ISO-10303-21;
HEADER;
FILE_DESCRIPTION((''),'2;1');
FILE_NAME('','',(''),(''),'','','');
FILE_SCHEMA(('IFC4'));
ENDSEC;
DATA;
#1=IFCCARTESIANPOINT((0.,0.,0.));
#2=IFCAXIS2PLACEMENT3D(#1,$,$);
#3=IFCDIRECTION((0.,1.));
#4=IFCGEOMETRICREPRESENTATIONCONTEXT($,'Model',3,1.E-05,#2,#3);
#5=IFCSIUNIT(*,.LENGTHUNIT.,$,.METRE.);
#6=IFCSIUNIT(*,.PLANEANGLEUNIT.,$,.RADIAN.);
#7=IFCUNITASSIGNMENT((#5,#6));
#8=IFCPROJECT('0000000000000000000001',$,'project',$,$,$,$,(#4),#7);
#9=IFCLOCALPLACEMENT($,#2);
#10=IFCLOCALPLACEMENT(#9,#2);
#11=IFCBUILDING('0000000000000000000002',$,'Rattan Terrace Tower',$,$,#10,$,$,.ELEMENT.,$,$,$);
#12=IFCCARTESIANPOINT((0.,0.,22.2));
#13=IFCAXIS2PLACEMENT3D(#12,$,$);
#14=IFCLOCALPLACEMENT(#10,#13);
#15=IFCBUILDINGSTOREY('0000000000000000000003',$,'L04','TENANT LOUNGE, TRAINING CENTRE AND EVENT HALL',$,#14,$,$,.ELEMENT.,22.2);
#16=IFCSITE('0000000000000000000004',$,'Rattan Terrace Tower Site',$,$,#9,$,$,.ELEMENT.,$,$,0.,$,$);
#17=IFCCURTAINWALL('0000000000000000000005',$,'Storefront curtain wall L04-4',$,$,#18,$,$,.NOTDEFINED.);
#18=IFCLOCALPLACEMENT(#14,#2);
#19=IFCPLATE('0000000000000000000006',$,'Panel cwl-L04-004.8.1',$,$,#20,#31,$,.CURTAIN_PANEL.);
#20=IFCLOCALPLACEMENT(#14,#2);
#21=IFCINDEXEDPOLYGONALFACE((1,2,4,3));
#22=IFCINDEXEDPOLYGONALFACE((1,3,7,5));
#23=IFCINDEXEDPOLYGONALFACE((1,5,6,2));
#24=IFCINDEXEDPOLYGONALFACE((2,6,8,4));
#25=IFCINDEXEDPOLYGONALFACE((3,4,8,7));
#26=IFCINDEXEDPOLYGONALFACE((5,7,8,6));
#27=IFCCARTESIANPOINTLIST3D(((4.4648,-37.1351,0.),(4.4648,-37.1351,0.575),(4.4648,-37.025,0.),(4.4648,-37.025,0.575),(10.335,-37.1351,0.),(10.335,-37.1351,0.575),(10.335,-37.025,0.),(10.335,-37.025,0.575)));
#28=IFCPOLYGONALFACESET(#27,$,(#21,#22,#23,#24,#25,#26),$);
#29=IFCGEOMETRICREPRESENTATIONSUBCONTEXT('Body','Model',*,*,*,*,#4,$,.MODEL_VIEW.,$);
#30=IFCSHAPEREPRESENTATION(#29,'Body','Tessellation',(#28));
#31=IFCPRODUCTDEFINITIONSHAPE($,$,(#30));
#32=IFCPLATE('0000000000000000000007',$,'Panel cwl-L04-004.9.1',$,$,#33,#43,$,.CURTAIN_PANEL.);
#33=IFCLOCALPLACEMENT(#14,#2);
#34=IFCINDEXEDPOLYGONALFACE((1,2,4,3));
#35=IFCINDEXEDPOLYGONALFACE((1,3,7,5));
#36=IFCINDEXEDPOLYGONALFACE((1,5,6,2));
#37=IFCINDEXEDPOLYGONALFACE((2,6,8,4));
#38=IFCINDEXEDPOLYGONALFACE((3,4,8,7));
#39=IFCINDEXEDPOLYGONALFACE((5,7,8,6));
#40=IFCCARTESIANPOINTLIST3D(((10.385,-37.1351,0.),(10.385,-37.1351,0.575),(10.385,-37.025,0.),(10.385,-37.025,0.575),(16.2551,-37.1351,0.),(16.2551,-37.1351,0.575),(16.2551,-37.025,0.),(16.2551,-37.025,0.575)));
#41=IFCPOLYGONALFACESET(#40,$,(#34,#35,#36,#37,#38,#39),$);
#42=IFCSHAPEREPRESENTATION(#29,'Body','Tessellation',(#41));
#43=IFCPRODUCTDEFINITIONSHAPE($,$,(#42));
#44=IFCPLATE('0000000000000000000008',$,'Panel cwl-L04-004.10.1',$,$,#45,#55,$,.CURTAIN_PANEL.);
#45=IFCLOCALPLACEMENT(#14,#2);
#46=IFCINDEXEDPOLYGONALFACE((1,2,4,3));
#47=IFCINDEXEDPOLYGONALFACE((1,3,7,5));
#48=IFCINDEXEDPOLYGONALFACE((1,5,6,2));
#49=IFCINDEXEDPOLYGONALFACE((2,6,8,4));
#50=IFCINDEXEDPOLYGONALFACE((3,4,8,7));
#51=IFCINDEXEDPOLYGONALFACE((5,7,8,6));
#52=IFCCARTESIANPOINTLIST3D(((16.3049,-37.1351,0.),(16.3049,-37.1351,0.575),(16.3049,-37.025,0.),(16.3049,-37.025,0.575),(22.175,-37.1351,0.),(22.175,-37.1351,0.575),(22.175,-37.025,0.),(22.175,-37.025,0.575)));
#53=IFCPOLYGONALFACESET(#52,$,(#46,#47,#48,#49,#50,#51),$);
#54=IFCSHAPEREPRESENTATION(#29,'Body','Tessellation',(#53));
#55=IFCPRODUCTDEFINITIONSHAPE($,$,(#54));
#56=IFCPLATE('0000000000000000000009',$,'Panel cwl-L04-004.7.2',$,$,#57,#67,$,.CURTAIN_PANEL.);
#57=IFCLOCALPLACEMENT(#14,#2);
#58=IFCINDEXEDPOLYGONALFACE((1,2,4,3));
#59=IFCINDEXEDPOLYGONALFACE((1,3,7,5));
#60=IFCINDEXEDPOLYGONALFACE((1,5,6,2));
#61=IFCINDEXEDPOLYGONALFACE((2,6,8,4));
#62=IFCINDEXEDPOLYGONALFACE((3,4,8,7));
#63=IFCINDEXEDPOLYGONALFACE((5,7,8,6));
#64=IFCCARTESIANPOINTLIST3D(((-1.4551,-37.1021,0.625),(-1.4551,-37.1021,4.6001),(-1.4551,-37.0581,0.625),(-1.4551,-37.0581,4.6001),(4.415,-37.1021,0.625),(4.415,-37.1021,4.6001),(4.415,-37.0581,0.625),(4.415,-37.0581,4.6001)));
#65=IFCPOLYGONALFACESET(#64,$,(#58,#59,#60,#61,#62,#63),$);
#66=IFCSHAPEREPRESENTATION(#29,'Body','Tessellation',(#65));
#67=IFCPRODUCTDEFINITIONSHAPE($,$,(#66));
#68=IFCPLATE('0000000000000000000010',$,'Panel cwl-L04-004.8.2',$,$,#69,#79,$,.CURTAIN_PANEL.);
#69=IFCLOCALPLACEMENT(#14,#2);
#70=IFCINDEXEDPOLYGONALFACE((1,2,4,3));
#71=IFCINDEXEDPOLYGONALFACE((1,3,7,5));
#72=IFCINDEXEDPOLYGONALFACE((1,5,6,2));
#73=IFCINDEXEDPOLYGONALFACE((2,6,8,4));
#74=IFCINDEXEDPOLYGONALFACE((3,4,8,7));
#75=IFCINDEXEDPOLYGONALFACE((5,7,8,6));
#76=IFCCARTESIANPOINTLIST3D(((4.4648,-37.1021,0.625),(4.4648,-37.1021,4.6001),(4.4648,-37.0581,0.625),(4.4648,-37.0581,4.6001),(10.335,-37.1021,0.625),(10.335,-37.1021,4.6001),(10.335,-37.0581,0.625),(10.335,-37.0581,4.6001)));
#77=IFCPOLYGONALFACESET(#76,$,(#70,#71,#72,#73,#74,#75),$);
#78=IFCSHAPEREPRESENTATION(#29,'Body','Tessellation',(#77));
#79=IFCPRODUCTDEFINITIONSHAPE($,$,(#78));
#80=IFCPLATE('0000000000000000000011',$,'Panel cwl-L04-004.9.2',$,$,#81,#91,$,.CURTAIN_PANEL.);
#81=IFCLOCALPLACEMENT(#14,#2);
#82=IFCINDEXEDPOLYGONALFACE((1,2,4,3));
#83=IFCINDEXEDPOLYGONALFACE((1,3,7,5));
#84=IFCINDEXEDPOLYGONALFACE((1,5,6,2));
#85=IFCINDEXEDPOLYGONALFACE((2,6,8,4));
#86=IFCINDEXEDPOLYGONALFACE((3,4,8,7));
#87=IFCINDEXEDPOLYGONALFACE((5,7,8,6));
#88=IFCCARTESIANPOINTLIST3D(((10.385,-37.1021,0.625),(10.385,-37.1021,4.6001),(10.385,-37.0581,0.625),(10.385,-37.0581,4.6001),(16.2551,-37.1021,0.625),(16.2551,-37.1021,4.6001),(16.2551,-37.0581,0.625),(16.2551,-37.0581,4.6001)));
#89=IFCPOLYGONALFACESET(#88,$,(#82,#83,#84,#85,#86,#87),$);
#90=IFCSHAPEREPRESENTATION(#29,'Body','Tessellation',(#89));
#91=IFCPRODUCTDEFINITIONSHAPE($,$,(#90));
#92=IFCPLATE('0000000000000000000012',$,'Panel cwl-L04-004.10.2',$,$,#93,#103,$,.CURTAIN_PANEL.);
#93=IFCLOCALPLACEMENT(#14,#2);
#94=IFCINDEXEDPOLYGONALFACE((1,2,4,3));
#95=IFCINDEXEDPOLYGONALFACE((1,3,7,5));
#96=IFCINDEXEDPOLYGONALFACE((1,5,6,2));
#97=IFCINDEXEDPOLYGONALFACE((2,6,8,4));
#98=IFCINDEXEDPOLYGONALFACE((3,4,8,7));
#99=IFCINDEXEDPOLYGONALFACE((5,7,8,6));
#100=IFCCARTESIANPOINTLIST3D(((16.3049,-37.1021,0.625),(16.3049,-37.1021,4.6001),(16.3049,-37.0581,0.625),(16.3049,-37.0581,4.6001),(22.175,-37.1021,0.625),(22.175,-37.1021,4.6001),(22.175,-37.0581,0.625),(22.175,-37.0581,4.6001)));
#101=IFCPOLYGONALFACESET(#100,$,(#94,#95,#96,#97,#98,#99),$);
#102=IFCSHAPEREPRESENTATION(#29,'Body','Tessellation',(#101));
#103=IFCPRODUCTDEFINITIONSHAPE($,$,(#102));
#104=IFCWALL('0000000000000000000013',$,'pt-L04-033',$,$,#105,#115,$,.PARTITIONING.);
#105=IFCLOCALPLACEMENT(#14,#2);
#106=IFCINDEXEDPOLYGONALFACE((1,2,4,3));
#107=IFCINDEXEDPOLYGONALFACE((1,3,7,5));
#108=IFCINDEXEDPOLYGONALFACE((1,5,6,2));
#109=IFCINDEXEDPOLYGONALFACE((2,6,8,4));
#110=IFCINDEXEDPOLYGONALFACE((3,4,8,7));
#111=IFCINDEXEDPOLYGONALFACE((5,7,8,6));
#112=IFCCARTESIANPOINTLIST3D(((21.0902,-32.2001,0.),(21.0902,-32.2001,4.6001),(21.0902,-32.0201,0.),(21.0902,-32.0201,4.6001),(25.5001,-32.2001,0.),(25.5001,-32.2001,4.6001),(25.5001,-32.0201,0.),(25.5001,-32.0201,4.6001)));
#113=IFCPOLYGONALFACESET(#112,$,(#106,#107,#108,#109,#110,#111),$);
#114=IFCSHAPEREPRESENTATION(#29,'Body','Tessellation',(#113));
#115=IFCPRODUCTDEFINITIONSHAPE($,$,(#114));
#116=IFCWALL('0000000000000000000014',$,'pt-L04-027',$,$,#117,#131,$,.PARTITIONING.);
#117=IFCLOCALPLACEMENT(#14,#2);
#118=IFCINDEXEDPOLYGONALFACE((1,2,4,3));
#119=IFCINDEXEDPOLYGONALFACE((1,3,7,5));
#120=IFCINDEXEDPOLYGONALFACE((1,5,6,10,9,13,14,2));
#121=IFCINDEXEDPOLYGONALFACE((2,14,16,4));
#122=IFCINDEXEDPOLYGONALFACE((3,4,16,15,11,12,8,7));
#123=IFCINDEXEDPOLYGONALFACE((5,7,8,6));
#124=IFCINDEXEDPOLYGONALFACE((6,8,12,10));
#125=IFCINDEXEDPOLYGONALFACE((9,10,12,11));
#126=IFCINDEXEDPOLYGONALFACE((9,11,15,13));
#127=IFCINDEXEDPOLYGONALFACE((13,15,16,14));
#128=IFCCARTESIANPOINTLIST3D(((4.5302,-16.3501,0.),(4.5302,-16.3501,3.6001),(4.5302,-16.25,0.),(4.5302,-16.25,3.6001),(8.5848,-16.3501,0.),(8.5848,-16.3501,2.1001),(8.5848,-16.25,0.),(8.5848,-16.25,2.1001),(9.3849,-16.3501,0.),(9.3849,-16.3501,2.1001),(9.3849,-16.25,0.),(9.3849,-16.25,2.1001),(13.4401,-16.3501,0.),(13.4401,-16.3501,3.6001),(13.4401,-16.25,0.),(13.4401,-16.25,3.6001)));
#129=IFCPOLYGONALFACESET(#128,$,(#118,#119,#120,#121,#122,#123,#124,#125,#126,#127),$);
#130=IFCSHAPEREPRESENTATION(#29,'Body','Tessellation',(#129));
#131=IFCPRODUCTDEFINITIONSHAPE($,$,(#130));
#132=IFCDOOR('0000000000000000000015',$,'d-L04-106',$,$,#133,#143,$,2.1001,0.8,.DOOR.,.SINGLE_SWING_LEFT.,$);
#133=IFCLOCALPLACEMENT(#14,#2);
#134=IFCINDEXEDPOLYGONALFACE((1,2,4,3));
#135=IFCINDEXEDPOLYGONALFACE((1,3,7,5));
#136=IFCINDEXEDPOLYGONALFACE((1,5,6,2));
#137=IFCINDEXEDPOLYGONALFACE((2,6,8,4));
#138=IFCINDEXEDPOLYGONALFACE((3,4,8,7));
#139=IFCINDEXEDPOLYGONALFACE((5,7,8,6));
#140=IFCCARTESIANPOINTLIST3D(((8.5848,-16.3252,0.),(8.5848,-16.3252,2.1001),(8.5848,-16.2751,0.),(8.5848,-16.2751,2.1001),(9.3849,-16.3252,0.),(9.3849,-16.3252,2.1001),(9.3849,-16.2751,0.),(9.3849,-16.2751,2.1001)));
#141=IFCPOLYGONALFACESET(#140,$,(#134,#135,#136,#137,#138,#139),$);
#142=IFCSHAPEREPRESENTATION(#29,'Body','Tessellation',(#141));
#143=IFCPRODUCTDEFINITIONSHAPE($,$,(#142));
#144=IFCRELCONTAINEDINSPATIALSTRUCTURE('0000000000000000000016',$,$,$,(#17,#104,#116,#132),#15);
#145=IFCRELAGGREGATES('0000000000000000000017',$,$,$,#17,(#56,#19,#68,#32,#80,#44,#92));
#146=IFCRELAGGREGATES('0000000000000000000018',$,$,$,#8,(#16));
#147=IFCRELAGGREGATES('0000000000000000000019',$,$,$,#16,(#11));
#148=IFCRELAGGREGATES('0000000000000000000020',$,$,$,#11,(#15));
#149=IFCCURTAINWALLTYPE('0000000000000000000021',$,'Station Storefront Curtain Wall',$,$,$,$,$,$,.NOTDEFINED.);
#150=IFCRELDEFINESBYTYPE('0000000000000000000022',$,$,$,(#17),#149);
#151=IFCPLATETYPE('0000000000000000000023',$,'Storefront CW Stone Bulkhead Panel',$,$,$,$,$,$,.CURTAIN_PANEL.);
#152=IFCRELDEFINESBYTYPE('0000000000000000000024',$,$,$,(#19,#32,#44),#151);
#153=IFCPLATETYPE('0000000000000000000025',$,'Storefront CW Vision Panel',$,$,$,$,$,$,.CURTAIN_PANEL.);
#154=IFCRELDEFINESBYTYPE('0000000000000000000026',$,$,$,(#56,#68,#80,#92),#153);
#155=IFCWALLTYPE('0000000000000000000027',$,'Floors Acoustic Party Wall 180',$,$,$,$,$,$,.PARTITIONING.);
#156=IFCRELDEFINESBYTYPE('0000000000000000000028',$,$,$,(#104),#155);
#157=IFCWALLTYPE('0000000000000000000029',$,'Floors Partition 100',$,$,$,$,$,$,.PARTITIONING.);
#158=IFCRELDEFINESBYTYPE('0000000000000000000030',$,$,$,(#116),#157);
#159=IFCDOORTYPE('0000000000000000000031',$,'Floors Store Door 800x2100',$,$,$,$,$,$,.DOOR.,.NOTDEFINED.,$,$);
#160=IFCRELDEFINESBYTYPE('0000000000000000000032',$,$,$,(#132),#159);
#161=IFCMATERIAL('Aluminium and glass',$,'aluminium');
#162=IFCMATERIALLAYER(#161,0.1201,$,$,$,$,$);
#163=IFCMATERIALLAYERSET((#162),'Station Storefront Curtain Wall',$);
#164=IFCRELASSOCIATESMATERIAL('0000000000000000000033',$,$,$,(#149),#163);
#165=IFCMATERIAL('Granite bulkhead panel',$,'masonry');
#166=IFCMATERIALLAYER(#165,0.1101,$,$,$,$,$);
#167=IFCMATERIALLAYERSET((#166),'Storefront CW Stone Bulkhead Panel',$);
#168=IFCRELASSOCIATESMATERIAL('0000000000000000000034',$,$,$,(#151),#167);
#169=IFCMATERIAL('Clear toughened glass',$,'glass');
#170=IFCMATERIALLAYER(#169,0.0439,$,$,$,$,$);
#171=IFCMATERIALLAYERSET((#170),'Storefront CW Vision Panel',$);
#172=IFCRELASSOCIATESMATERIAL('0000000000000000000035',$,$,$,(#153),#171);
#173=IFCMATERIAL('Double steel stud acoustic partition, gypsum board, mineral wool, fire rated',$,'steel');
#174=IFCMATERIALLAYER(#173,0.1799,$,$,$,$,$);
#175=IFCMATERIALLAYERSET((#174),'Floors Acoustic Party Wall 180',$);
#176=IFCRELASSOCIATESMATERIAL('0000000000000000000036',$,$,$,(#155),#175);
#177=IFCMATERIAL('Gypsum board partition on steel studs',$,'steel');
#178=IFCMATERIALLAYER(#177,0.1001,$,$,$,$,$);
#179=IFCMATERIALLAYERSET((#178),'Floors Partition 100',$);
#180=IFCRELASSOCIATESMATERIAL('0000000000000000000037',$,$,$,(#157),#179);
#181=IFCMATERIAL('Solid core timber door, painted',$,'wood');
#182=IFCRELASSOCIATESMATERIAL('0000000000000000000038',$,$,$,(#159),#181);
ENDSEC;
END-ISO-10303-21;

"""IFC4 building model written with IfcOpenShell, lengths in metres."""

from ifc_helpers import new_model, si_unit, direction, frame, frame_2d, origin, origin_2d, place, context, subcontext, project, spatial, rectangle, extrude, material, layer, layer_set, type_object, element, fill, aggregate, save


model = new_model("IFC4")

# Units and contexts
model_context = context("Model", 3, precision=1e-05, world=origin(), true_north=direction((0.0, 1.0)))
body_context = subcontext(model_context, "Body", "Model", "MODEL_VIEW")
ifc_project = project(units=[si_unit("LENGTHUNIT", "METRE"), si_unit("PLANEANGLEUNIT", "RADIAN")], contexts=[model_context])

# Site, building, storey
site_placement = place(None, origin())
site = spatial("IfcSite", under=ifc_project, at=site_placement, Name="Rattan Terrace Tower Site", CompositionType="ELEMENT", RefElevation=0.0)
building_placement = place(site_placement, origin())
building = spatial("IfcBuilding", under=site, at=building_placement, Name="Rattan Terrace Tower", CompositionType="ELEMENT")
storey_placement = place(building_placement, frame((0.0, 0.0, 22.2)))
storey = spatial("IfcBuildingStorey", under=building, at=storey_placement, Name="L04", Description="TENANT LOUNGE, TRAINING CENTRE AND EVENT HALL", CompositionType="ELEMENT", Elevation=22.2)

# Curtain wall, plates
ifc_material_1 = material(Name="Aluminium and glass", Category="aluminium")
ifc_layer_1 = layer(ifc_material_1, 0.1201)
ifc_layer_set_1 = layer_set([ifc_layer_1], Name="Station Storefront Curtain Wall")
curtain_wall_type = type_object("IfcCurtainWallType", Name="Station Storefront Curtain Wall", PredefinedType="NOTDEFINED", material=ifc_layer_set_1)
curtain_wall_placement = place(storey_placement, origin())
curtain_wall = element("IfcCurtainWall", 1, at=curtain_wall_placement, inside=storey, type_object=curtain_wall_type, Name="Storefront curtain wall L04-4", PredefinedType="NOTDEFINED")
ifc_material_2 = material(Name="Granite bulkhead panel", Category="masonry")
ifc_layer_2 = layer(ifc_material_2, 0.1101)
ifc_layer_set_2 = layer_set([ifc_layer_2], Name="Storefront CW Stone Bulkhead Panel")
plate_type_1 = type_object("IfcPlateType", Name="Storefront CW Stone Bulkhead Panel", PredefinedType="CURTAIN_PANEL", material=ifc_layer_set_2)
plate_1_placement = place(storey_placement, frame((7.3999, -37.0801, 0.0), z_axis=(0.0, 0.0, 1.0), x_axis=(1.0, 0.0, 0.0)))
plate_1 = element("IfcPlate", 2, at=plate_1_placement, type_object=plate_type_1, Name="Panel cwl-L04-004.8.1", PredefinedType="CURTAIN_PANEL", context=body_context, shape_type="SweptSolid", body=[
    extrude(rectangle(XDim=5.8701, YDim=0.1101, at=origin_2d()), origin(), (0.0, 0.0, 1.0), 0.575),
])
plate_2_placement = place(storey_placement, frame((13.3201, -37.0801, 0.0), z_axis=(0.0, 0.0, 1.0), x_axis=(1.0, 0.0, 0.0)))
plate_2 = element("IfcPlate", 3, at=plate_2_placement, type_object=plate_type_1, Name="Panel cwl-L04-004.9.1", PredefinedType="CURTAIN_PANEL", context=body_context, shape_type="SweptSolid", body=[
    extrude(rectangle(XDim=5.8701, YDim=0.1101, at=origin_2d()), origin(), (0.0, 0.0, 1.0), 0.575),
])
plate_3_placement = place(storey_placement, frame((19.24, -37.0801, 0.0), z_axis=(0.0, 0.0, 1.0), x_axis=(1.0, 0.0, 0.0)))
plate_3 = element("IfcPlate", 4, at=plate_3_placement, type_object=plate_type_1, Name="Panel cwl-L04-004.10.1", PredefinedType="CURTAIN_PANEL", context=body_context, shape_type="SweptSolid", body=[
    extrude(rectangle(XDim=5.8701, YDim=0.1101, at=origin_2d()), origin(), (0.0, 0.0, 1.0), 0.575),
])
ifc_material_3 = material(Name="Clear toughened glass", Category="glass")
ifc_layer_3 = layer(ifc_material_3, 0.0439)
ifc_layer_set_3 = layer_set([ifc_layer_3], Name="Storefront CW Vision Panel")
plate_type_2 = type_object("IfcPlateType", Name="Storefront CW Vision Panel", PredefinedType="CURTAIN_PANEL", material=ifc_layer_set_3)
plate_4_placement = place(storey_placement, frame((1.48, -37.0801, 0.625), z_axis=(0.0, 0.0, 1.0), x_axis=(1.0, 0.0, 0.0)))
plate_4 = element("IfcPlate", 5, at=plate_4_placement, type_object=plate_type_2, Name="Panel cwl-L04-004.7.2", PredefinedType="CURTAIN_PANEL", context=body_context, shape_type="SweptSolid", body=[
    extrude(rectangle(XDim=5.8701, YDim=0.0439, at=origin_2d()), origin(), (0.0, 0.0, 1.0), 3.9751),
])
plate_5_placement = place(storey_placement, frame((7.3999, -37.0801, 0.625), z_axis=(0.0, 0.0, 1.0), x_axis=(1.0, 0.0, 0.0)))
plate_5 = element("IfcPlate", 6, at=plate_5_placement, type_object=plate_type_2, Name="Panel cwl-L04-004.8.2", PredefinedType="CURTAIN_PANEL", context=body_context, shape_type="SweptSolid", body=[
    extrude(rectangle(XDim=5.8701, YDim=0.0439, at=origin_2d()), origin(), (0.0, 0.0, 1.0), 3.9751),
])
plate_6_placement = place(storey_placement, frame((13.3201, -37.0801, 0.625), z_axis=(0.0, 0.0, 1.0), x_axis=(1.0, 0.0, 0.0)))
plate_6 = element("IfcPlate", 7, at=plate_6_placement, type_object=plate_type_2, Name="Panel cwl-L04-004.9.2", PredefinedType="CURTAIN_PANEL", context=body_context, shape_type="SweptSolid", body=[
    extrude(rectangle(XDim=5.8701, YDim=0.0439, at=origin_2d()), origin(), (0.0, 0.0, 1.0), 3.9751),
])
plate_7_placement = place(storey_placement, frame((19.24, -37.0801, 0.625), z_axis=(0.0, 0.0, 1.0), x_axis=(1.0, 0.0, 0.0)))
plate_7 = element("IfcPlate", 8, at=plate_7_placement, type_object=plate_type_2, Name="Panel cwl-L04-004.10.2", PredefinedType="CURTAIN_PANEL", context=body_context, shape_type="SweptSolid", body=[
    extrude(rectangle(XDim=5.8701, YDim=0.0439, at=origin_2d()), origin(), (0.0, 0.0, 1.0), 3.9751),
])
aggregate(curtain_wall, [plate_4, plate_1, plate_5, plate_2, plate_6, plate_3, plate_7])

# Wall
ifc_material_4 = material(Name="Double steel stud acoustic partition, gypsum board, mineral wool, fire rated", Category="steel")
ifc_layer_4 = layer(ifc_material_4, 0.1799)
ifc_layer_set_4 = layer_set([ifc_layer_4], Name="Floors Acoustic Party Wall 180")
wall_type_1 = type_object("IfcWallType", Name="Floors Acoustic Party Wall 180", PredefinedType="PARTITIONING", material=ifc_layer_set_4)
wall_1_placement = place(storey_placement, frame((21.0901, -32.1101, 0.0), z_axis=(0.0, 0.0, 1.0), x_axis=(1.0, 0.0, 0.0)))
element("IfcWall", 9, at=wall_1_placement, inside=storey, type_object=wall_type_1, Name="pt-L04-033", PredefinedType="PARTITIONING", context=body_context, shape_type="SweptSolid", body=[
    extrude(rectangle(XDim=4.4099, YDim=0.1799, at=frame_2d((2.2051, 0.0))), origin(), (0.0, 0.0, 1.0), 4.6001),
])

# Wall, opening, door
ifc_material_5 = material(Name="Gypsum board partition on steel studs", Category="steel")
ifc_layer_5 = layer(ifc_material_5, 0.1001)
ifc_layer_set_5 = layer_set([ifc_layer_5], Name="Floors Partition 100")
wall_type_2 = type_object("IfcWallType", Name="Floors Partition 100", PredefinedType="PARTITIONING", material=ifc_layer_set_5)
wall_2_placement = place(storey_placement, frame((4.53, -16.3, 0.0), z_axis=(0.0, 0.0, 1.0), x_axis=(1.0, 0.0, 0.0)))
wall_2 = element("IfcWall", 10, at=wall_2_placement, inside=storey, type_object=wall_type_2, Name="pt-L04-027", PredefinedType="PARTITIONING", context=body_context, shape_type="SweptSolid", body=[
    extrude(rectangle(XDim=8.9099, YDim=0.1001, at=frame_2d((4.4551, 0.0))), origin(), (0.0, 0.0, 1.0), 3.6001),
])
opening_placement = place(wall_2_placement, frame((4.0549, 0.0, 0.0)))
opening = element("IfcOpeningElement", 11, at=opening_placement, cuts=wall_2, PredefinedType="OPENING", context=body_context, shape_type="SweptSolid", body=[
    extrude(rectangle(XDim=0.8, YDim=2.1001, at=frame_2d((0.3999, 1.05))), frame((0.0, 0.0605, 0.0), z_axis=(0.0, -1.0, 0.0), x_axis=(1.0, 0.0, 0.0)), (0.0, 0.0, 1.0), 0.1211),
])
ifc_material_6 = material(Name="Solid core timber door, painted", Category="wood")
door_type = type_object("IfcDoorType", Name="Floors Store Door 800x2100", OperationType="NOTDEFINED", PredefinedType="DOOR", material=ifc_material_6)
door_placement = place(opening_placement, origin())
door = element("IfcDoor", 12, at=door_placement, inside=storey, type_object=door_type, Name="d-L04-106", OperationType="SINGLE_SWING_LEFT", OverallHeight=2.1001, OverallWidth=0.8, PredefinedType="DOOR", context=body_context, shape_type="SweptSolid", body=[
    extrude(rectangle(XDim=0.8, YDim=2.1001, at=frame_2d((0.3999, 1.05))), frame((0.0, 0.0249, 0.0), z_axis=(0.0, -1.0, 0.0), x_axis=(1.0, 0.0, 0.0)), (0.0, 0.0, 1.0), 0.05),
])
fill(opening, door)

save(model, "model.ifc")
